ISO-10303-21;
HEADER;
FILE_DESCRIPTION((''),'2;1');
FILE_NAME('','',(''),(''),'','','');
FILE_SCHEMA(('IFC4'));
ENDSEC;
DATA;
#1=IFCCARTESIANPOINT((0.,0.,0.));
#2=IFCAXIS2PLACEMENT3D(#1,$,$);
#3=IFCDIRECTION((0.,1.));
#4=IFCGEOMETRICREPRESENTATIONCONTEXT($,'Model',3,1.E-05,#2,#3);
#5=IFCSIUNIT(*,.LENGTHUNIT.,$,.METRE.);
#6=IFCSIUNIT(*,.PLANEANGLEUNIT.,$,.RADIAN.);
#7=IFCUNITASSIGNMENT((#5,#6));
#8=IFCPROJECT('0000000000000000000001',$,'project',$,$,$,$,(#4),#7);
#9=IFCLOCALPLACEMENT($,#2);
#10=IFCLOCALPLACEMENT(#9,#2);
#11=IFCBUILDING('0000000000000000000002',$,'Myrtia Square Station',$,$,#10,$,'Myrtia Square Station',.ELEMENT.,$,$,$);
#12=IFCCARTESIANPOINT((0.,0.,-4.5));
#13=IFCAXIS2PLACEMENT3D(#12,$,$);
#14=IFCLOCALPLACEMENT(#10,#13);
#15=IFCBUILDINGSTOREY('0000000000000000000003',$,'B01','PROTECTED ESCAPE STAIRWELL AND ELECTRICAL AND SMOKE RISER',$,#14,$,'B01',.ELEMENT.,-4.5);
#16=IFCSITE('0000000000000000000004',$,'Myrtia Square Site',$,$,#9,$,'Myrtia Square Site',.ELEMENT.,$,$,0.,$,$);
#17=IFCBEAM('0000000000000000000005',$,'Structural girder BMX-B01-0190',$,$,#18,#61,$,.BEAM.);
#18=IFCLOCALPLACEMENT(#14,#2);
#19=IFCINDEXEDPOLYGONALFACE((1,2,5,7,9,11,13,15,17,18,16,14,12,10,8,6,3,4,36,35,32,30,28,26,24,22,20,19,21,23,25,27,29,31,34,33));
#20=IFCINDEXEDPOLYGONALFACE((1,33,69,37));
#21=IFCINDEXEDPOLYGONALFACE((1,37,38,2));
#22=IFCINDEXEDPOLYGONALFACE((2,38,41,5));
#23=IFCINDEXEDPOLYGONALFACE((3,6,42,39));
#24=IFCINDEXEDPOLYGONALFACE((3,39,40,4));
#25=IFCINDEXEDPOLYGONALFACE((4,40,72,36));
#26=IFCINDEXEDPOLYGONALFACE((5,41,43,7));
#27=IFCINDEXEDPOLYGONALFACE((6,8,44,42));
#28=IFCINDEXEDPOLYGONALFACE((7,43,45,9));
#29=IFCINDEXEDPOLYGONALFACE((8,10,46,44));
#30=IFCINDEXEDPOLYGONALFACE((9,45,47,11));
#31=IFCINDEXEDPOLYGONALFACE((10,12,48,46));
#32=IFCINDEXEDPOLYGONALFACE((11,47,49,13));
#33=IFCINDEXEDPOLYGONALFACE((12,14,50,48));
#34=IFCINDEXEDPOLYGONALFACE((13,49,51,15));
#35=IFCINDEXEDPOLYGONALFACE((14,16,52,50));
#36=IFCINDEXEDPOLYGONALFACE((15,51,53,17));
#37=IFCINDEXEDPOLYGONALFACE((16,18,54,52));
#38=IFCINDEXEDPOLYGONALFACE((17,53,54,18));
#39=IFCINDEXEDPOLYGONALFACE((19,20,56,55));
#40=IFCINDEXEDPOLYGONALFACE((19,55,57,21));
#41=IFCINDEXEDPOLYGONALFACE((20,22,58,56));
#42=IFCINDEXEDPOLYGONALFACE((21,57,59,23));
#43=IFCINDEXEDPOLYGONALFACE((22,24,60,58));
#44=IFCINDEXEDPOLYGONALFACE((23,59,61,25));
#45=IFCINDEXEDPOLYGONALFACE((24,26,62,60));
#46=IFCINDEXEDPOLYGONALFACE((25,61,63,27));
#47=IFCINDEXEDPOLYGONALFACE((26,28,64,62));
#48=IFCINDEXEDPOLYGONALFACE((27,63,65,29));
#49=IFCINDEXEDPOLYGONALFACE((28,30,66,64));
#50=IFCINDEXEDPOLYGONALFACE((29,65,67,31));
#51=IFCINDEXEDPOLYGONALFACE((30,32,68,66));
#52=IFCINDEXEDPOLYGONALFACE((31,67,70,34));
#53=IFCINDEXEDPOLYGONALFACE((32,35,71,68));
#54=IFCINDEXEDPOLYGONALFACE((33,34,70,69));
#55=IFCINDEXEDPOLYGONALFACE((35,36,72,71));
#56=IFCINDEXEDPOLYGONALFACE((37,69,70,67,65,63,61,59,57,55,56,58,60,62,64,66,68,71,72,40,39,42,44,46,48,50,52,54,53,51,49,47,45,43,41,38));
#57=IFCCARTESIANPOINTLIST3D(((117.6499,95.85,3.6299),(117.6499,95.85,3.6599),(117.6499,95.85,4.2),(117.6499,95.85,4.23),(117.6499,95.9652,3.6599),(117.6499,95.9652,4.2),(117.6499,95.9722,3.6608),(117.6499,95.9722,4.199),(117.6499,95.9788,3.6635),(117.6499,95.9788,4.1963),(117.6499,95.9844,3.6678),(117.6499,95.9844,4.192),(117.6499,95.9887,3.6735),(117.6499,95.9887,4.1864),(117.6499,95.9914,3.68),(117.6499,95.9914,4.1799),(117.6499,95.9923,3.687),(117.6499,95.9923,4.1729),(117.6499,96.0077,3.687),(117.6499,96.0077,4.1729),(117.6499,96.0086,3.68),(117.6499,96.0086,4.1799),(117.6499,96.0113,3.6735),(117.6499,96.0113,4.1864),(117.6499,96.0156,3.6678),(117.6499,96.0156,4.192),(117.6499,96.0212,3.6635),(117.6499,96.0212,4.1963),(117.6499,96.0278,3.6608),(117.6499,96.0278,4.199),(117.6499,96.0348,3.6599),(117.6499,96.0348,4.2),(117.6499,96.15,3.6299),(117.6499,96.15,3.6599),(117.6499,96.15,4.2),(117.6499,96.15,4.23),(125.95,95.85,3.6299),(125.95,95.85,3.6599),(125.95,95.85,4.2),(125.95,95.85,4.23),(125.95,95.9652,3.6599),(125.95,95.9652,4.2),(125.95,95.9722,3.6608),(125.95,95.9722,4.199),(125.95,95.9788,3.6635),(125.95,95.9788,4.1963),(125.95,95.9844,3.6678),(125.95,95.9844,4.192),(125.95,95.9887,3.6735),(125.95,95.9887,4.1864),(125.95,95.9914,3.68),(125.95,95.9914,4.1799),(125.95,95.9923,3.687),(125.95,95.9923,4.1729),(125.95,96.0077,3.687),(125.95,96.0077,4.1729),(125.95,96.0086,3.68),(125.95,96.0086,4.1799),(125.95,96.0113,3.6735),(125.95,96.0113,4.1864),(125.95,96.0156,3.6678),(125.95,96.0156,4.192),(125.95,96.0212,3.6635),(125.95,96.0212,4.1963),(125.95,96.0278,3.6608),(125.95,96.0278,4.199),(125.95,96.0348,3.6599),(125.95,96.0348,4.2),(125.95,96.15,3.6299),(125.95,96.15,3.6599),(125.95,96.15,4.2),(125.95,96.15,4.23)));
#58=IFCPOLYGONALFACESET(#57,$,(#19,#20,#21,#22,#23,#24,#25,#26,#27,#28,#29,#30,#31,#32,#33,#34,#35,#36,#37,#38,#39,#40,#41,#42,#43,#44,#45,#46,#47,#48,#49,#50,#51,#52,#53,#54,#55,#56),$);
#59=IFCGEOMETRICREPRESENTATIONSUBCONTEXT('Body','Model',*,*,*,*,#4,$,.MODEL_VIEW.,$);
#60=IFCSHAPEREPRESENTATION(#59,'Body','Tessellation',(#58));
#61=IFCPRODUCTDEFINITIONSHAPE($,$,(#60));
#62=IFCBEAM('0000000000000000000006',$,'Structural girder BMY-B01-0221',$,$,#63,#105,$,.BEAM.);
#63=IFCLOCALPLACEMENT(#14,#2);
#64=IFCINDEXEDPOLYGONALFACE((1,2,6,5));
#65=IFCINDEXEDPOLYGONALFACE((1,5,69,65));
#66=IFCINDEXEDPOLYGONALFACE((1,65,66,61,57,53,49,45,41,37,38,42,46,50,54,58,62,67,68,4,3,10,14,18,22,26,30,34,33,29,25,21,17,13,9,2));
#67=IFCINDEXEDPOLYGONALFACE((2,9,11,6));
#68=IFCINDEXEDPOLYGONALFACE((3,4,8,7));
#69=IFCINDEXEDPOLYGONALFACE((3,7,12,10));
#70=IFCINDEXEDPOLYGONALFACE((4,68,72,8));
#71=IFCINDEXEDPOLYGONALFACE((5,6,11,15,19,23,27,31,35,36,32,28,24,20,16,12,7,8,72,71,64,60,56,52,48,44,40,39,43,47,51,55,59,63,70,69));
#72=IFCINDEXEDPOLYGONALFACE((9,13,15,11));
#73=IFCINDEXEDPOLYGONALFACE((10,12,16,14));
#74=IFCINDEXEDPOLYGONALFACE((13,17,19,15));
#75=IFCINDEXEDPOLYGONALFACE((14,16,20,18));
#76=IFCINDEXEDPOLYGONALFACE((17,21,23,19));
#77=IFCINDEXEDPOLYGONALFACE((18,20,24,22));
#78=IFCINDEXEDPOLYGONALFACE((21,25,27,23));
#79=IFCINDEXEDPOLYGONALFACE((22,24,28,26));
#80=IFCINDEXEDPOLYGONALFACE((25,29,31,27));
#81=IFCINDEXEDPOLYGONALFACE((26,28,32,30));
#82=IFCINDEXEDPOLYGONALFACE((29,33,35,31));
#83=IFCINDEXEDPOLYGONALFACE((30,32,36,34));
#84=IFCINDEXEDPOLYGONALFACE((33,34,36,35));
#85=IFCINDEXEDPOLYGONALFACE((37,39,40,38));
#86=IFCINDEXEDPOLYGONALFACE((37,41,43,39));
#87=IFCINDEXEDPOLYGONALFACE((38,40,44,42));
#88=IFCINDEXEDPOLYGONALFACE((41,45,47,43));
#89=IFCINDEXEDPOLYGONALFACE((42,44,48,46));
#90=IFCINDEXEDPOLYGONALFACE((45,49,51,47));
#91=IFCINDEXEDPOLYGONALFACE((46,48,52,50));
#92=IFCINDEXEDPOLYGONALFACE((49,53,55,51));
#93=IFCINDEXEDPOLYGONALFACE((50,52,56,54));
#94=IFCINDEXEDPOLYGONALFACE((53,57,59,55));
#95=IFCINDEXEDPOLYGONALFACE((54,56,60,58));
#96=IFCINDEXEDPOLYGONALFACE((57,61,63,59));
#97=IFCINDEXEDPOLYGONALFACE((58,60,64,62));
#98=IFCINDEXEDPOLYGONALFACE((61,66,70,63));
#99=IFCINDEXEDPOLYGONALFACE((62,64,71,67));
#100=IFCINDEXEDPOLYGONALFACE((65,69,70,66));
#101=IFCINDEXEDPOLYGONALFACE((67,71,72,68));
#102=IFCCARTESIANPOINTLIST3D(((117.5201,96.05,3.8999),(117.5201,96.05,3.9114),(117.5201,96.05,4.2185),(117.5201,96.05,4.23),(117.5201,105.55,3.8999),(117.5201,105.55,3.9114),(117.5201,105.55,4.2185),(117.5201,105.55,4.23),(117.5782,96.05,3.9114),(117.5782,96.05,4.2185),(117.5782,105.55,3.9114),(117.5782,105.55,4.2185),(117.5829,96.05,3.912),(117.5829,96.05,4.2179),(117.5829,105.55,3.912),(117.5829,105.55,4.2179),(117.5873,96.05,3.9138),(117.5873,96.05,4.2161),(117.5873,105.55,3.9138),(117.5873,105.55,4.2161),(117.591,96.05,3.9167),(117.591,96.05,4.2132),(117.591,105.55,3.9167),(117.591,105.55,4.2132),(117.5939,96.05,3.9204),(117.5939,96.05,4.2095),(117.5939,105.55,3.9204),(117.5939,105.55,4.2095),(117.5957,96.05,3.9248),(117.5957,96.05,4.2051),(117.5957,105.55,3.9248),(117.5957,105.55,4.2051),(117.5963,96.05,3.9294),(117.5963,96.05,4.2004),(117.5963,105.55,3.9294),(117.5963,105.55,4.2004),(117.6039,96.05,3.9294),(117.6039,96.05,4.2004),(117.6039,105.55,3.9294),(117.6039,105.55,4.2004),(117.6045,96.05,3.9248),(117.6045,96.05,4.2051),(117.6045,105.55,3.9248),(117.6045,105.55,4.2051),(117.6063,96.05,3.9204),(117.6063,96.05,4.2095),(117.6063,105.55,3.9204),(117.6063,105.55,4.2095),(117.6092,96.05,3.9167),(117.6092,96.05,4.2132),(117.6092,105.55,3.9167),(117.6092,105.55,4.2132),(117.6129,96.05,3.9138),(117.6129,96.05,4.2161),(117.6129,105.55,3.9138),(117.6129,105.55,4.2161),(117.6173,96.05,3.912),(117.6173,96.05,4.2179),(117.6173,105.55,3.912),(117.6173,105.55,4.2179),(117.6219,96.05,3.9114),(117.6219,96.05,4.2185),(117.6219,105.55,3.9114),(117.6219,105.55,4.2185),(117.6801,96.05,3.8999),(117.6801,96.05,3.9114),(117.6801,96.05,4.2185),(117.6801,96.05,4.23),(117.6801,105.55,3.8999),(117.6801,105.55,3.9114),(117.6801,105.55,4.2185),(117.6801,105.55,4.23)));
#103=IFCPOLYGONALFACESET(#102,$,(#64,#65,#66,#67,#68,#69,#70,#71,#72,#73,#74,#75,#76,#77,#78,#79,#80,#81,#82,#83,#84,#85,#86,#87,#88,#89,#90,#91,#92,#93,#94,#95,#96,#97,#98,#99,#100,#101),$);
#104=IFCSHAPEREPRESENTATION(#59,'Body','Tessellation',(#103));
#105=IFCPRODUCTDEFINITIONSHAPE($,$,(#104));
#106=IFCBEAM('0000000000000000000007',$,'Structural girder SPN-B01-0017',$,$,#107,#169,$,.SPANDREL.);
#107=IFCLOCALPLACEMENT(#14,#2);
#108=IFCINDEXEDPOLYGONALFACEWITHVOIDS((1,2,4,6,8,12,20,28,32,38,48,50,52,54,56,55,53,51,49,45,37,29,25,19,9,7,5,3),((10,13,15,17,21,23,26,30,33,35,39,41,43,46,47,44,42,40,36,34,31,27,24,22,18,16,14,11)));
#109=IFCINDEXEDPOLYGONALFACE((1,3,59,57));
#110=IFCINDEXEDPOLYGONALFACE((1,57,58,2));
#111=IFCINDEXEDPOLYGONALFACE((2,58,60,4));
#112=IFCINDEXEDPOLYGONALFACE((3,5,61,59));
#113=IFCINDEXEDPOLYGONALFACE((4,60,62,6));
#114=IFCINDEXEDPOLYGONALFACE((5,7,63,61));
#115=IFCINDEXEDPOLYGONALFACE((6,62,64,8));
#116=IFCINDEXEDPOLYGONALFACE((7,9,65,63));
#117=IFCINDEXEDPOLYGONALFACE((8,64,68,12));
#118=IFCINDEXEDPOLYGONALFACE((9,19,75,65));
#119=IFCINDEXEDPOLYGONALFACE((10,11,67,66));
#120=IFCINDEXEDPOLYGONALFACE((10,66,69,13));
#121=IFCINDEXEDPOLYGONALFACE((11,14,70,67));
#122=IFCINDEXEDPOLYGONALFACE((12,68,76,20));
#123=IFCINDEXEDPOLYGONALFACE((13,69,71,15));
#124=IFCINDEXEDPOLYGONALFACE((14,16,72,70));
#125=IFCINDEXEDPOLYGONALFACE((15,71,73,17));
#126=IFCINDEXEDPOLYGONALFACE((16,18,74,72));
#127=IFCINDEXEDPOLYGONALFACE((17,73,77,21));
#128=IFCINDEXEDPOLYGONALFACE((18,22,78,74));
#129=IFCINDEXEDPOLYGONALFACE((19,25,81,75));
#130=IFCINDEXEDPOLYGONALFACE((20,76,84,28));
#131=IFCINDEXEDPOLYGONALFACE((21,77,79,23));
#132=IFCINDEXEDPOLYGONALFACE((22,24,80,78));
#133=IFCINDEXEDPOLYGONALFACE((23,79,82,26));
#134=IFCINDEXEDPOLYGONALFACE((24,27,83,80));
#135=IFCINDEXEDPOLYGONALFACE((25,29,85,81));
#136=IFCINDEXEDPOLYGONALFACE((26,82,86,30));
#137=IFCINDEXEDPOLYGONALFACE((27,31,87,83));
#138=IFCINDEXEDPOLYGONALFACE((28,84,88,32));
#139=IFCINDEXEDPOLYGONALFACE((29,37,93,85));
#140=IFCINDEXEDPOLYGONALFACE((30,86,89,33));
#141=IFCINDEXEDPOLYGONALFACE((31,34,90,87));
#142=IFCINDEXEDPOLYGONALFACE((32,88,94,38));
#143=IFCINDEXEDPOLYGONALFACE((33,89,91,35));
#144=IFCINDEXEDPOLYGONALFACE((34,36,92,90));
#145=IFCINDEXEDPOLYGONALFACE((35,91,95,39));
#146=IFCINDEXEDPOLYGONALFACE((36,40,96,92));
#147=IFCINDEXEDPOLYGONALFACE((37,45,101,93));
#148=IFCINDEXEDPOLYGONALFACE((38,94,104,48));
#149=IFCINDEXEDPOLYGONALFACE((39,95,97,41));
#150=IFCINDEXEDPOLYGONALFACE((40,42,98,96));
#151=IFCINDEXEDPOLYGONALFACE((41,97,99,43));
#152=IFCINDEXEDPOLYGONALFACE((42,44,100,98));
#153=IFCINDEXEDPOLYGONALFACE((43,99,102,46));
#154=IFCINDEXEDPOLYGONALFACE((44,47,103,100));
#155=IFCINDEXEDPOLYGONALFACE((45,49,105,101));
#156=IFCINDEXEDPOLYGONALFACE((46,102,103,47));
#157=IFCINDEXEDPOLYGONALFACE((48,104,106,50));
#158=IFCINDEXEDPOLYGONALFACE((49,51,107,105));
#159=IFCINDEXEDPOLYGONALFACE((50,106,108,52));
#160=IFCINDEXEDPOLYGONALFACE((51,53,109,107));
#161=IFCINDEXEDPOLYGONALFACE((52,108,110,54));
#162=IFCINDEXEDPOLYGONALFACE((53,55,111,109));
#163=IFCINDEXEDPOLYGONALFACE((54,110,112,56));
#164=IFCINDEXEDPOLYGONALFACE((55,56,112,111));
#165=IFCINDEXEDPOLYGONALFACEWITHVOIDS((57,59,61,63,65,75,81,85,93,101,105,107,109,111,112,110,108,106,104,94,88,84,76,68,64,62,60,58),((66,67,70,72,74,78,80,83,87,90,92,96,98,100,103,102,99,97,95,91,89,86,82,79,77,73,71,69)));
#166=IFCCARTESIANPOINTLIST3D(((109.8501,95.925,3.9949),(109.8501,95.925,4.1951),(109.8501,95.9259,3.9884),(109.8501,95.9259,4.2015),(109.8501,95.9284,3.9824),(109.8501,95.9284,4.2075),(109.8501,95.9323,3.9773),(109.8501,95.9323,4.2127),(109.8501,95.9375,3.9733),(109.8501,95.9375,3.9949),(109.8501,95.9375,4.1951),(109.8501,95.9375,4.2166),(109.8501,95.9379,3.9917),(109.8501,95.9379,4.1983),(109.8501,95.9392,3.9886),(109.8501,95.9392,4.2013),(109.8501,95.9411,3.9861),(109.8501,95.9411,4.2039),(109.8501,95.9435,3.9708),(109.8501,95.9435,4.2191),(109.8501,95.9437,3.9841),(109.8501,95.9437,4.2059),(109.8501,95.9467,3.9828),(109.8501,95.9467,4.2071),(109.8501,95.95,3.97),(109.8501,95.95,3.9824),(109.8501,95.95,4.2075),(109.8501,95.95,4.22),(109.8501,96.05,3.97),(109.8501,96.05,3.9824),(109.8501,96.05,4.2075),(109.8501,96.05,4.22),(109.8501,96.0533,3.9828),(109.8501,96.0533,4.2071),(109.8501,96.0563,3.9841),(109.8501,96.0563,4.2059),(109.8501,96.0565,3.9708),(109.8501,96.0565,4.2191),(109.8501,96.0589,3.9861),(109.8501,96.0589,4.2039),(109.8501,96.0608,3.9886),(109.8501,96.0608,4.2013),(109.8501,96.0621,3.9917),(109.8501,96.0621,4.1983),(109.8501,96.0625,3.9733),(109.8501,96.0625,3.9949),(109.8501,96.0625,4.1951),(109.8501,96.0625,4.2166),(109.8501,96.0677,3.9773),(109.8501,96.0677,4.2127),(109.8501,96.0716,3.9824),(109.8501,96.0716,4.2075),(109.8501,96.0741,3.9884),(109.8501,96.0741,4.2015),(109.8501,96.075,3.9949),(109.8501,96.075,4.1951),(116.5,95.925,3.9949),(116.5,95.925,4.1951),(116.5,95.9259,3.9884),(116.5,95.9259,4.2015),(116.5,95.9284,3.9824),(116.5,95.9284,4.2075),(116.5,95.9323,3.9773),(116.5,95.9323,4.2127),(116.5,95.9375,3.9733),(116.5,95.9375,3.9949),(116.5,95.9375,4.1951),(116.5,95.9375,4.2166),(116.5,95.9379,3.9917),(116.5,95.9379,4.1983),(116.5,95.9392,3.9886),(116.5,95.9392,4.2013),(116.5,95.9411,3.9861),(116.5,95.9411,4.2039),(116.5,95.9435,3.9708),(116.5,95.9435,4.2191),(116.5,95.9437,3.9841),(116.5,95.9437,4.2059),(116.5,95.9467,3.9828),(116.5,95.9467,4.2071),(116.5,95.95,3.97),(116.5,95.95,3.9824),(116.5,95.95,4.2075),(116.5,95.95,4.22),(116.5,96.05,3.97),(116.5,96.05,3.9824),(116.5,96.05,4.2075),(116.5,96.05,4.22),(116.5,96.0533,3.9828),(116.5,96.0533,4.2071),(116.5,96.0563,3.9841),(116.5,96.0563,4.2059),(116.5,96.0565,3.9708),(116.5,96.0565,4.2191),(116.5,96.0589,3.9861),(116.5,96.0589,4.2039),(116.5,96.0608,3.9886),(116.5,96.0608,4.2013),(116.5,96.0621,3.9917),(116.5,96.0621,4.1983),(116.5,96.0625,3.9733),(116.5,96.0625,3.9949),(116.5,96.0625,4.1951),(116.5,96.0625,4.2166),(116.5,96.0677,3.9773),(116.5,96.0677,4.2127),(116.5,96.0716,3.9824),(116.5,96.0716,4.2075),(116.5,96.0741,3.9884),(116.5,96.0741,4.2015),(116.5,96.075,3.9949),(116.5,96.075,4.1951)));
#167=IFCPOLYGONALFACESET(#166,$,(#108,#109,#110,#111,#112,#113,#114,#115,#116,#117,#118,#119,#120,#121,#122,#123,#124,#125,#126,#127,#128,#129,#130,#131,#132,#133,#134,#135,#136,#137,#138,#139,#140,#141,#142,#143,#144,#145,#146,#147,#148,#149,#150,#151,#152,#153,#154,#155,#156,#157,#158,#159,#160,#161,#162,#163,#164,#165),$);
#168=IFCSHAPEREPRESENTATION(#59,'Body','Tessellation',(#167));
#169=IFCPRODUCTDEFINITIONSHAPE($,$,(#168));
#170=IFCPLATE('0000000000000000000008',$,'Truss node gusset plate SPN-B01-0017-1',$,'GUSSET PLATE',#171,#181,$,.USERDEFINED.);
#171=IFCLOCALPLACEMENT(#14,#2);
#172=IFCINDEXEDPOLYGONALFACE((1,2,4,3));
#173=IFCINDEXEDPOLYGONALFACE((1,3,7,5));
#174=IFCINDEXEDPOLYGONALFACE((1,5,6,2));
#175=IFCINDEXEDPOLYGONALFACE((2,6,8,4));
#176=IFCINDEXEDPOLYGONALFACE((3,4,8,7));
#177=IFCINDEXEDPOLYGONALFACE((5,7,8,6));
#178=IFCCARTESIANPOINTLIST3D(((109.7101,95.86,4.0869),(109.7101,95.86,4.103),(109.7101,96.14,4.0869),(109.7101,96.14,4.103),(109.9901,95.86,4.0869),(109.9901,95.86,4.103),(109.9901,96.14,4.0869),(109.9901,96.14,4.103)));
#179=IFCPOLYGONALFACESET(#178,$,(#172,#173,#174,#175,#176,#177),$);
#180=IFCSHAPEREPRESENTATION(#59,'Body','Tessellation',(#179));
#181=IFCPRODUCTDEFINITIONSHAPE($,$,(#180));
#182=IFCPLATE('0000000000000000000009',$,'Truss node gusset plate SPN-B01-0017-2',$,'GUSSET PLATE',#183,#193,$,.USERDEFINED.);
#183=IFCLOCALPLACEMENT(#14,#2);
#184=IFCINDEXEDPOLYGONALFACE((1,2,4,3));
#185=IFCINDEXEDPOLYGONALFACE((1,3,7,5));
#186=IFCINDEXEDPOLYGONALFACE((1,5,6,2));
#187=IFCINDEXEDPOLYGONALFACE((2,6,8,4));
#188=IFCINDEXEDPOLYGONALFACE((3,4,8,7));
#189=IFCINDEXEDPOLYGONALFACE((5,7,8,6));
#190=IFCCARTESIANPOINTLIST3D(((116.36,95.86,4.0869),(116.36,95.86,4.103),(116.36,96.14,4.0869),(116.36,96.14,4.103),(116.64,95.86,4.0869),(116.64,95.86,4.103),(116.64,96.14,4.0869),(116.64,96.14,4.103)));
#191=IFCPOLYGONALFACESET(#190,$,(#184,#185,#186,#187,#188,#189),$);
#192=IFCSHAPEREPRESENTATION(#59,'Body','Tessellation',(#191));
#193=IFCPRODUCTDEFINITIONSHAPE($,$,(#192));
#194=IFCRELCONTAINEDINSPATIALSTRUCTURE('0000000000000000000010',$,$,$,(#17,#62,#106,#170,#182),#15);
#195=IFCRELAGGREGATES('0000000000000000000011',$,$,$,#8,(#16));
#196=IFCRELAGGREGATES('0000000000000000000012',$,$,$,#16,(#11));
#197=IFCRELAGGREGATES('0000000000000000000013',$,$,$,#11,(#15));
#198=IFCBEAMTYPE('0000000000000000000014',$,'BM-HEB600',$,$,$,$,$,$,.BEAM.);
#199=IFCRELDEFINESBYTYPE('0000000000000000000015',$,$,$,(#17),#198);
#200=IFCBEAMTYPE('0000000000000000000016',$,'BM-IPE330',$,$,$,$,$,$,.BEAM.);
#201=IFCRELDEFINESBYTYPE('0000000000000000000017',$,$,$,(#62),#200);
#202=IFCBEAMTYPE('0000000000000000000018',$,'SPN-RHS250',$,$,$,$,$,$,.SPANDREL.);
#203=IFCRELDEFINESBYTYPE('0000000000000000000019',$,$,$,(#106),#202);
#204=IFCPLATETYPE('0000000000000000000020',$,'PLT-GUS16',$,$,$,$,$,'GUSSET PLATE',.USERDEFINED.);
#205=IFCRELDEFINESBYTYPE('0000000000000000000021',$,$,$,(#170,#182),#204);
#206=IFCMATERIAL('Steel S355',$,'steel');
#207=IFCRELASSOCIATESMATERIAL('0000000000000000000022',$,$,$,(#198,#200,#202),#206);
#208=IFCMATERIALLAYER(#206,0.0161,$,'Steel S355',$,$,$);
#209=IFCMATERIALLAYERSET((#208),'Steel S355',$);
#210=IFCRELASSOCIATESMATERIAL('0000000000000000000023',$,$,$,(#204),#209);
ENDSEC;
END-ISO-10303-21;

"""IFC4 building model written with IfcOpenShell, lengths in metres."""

from ifc_helpers import new_model, si_unit, direction, frame, origin, origin_2d, place, context, subcontext, project, spatial, rectangle, hollow_rectangle, i_section, extrude, material, layer, layer_set, material_profile, profile_set, type_object, element, save


model = new_model("IFC4")

# Units and contexts
model_context = context("Model", 3, precision=1e-05, world=origin(), true_north=direction((0.0, 1.0)))
body_context = subcontext(model_context, "Body", "Model", "MODEL_VIEW")
ifc_project = project(units=[si_unit("LENGTHUNIT", "METRE"), si_unit("PLANEANGLEUNIT", "RADIAN")], contexts=[model_context])

# Site, building, storey
site_placement = place(None, origin())
site = spatial("IfcSite", under=ifc_project, at=site_placement, Name="Myrtia Square Site", LongName="Myrtia Square Site", CompositionType="ELEMENT", RefElevation=0.0)
building_placement = place(site_placement, origin())
building = spatial("IfcBuilding", under=site, at=building_placement, Name="Myrtia Square Station", LongName="Myrtia Square Station", CompositionType="ELEMENT")
storey_placement = place(building_placement, frame((0.0, 0.0, -4.5)))
storey = spatial("IfcBuildingStorey", under=building, at=storey_placement, Name="B01", Description="PROTECTED ESCAPE STAIRWELL AND ELECTRICAL AND SMOKE RISER", LongName="B01", CompositionType="ELEMENT", Elevation=-4.5)

# Shared definitions
ifc_material_1 = material(Name="Steel S355", Category="steel")

# Beams
ifc_material_profile_1 = material_profile(ifc_material_1, i_section(OverallWidth=0.3, OverallDepth=0.6001, WebThickness=0.0154, FlangeThickness=0.03, FilletRadius=0.0271, at=origin_2d()), Name="HEB 600")
ifc_profile_set_1 = profile_set([ifc_material_profile_1], Name="Steel S355")
beam_type_1 = type_object("IfcBeamType", Name="BM-HEB600", PredefinedType="BEAM", material=ifc_profile_set_1)
beam_1_placement = place(storey_placement, frame((117.6499, 96.0, 3.9299), z_axis=(1.0, 0.0, 0.0), x_axis=(0.0, 1.0, 0.0)))
element("IfcBeam", 1, at=beam_1_placement, inside=storey, type_object=beam_type_1, Name="Structural girder BMX-B01-0190", PredefinedType="BEAM", context=body_context, shape_type="SweptSolid", body=[
    extrude(i_section(OverallWidth=0.3, OverallDepth=0.6001, WebThickness=0.0154, FlangeThickness=0.03, FilletRadius=0.0271, at=origin_2d()), origin(), (0.0, 0.0, 1.0), 8.3),
])
ifc_material_profile_2 = material_profile(ifc_material_1, i_section(OverallWidth=0.1599, OverallDepth=0.3301, WebThickness=0.0076, FlangeThickness=0.0115, FilletRadius=0.0181, at=origin_2d()), Name="IPE 330")
ifc_profile_set_2 = profile_set([ifc_material_profile_2], Name="Steel S355")
beam_type_2 = type_object("IfcBeamType", Name="BM-IPE330", PredefinedType="BEAM", material=ifc_profile_set_2)
beam_2_placement = place(storey_placement, frame((117.6001, 96.05, 4.0649), z_axis=(0.0, 1.0, 0.0), x_axis=(-1.0, 0.0, 0.0)))
element("IfcBeam", 2, at=beam_2_placement, inside=storey, type_object=beam_type_2, Name="Structural girder BMY-B01-0221", PredefinedType="BEAM", context=body_context, shape_type="SweptSolid", body=[
    extrude(i_section(OverallWidth=0.1599, OverallDepth=0.3301, WebThickness=0.0076, FlangeThickness=0.0115, FilletRadius=0.0181, at=origin_2d()), origin(), (0.0, 0.0, 1.0), 9.5),
])
ifc_material_profile_3 = material_profile(ifc_material_1, hollow_rectangle(XDim=0.1499, YDim=0.25, WallThickness=0.0125, InnerFilletRadius=0.0125, OuterFilletRadius=0.0249, at=origin_2d()), Name="RHS 250x150x12.5")
ifc_profile_set_3 = profile_set([ifc_material_profile_3], Name="Steel S355")
beam_type_3 = type_object("IfcBeamType", Name="SPN-RHS250", PredefinedType="SPANDREL", material=ifc_profile_set_3)
beam_3_placement = place(storey_placement, frame((109.8501, 96.0, 4.095), z_axis=(1.0, 0.0, 0.0), x_axis=(0.0, 1.0, 0.0)))
element("IfcBeam", 3, at=beam_3_placement, inside=storey, type_object=beam_type_3, Name="Structural girder SPN-B01-0017", PredefinedType="SPANDREL", context=body_context, shape_type="SweptSolid", body=[
    extrude(hollow_rectangle(XDim=0.1499, YDim=0.25, WallThickness=0.0125, InnerFilletRadius=0.0125, OuterFilletRadius=0.0249, at=origin_2d()), origin(), (0.0, 0.0, 1.0), 6.6499),
])

# Plates
ifc_layer_1 = layer(ifc_material_1, 0.0161, Name="Steel S355")
ifc_layer_set_1 = layer_set([ifc_layer_1], Name="Steel S355")
plate_type_1 = type_object("IfcPlateType", Name="PLT-GUS16", ElementType="GUSSET PLATE", PredefinedType="USERDEFINED", material=ifc_layer_set_1)
for number, where, z_axis, x_axis, name in (
    (4, (109.8501, 96.0, 4.0869), (0.0, 0.0, 1.0), (1.0, 0.0, 0.0), "Truss node gusset plate SPN-B01-0017-1"),
    (5, (116.5, 96.0, 4.0869), (0.0, 0.0, 1.0), (1.0, 0.0, 0.0), "Truss node gusset plate SPN-B01-0017-2"),
):
    element("IfcPlate", number, at=place(storey_placement, frame(where, z_axis=z_axis, x_axis=x_axis)), inside=storey, type_object=plate_type_1, Name=name, ObjectType="GUSSET PLATE", PredefinedType="USERDEFINED", context=body_context, shape_type="SweptSolid", body=[
        extrude(rectangle(XDim=0.28, YDim=0.28, at=origin_2d()), origin(), (0.0, 0.0, 1.0), 0.0161),
    ])

save(model, "model.ifc")
